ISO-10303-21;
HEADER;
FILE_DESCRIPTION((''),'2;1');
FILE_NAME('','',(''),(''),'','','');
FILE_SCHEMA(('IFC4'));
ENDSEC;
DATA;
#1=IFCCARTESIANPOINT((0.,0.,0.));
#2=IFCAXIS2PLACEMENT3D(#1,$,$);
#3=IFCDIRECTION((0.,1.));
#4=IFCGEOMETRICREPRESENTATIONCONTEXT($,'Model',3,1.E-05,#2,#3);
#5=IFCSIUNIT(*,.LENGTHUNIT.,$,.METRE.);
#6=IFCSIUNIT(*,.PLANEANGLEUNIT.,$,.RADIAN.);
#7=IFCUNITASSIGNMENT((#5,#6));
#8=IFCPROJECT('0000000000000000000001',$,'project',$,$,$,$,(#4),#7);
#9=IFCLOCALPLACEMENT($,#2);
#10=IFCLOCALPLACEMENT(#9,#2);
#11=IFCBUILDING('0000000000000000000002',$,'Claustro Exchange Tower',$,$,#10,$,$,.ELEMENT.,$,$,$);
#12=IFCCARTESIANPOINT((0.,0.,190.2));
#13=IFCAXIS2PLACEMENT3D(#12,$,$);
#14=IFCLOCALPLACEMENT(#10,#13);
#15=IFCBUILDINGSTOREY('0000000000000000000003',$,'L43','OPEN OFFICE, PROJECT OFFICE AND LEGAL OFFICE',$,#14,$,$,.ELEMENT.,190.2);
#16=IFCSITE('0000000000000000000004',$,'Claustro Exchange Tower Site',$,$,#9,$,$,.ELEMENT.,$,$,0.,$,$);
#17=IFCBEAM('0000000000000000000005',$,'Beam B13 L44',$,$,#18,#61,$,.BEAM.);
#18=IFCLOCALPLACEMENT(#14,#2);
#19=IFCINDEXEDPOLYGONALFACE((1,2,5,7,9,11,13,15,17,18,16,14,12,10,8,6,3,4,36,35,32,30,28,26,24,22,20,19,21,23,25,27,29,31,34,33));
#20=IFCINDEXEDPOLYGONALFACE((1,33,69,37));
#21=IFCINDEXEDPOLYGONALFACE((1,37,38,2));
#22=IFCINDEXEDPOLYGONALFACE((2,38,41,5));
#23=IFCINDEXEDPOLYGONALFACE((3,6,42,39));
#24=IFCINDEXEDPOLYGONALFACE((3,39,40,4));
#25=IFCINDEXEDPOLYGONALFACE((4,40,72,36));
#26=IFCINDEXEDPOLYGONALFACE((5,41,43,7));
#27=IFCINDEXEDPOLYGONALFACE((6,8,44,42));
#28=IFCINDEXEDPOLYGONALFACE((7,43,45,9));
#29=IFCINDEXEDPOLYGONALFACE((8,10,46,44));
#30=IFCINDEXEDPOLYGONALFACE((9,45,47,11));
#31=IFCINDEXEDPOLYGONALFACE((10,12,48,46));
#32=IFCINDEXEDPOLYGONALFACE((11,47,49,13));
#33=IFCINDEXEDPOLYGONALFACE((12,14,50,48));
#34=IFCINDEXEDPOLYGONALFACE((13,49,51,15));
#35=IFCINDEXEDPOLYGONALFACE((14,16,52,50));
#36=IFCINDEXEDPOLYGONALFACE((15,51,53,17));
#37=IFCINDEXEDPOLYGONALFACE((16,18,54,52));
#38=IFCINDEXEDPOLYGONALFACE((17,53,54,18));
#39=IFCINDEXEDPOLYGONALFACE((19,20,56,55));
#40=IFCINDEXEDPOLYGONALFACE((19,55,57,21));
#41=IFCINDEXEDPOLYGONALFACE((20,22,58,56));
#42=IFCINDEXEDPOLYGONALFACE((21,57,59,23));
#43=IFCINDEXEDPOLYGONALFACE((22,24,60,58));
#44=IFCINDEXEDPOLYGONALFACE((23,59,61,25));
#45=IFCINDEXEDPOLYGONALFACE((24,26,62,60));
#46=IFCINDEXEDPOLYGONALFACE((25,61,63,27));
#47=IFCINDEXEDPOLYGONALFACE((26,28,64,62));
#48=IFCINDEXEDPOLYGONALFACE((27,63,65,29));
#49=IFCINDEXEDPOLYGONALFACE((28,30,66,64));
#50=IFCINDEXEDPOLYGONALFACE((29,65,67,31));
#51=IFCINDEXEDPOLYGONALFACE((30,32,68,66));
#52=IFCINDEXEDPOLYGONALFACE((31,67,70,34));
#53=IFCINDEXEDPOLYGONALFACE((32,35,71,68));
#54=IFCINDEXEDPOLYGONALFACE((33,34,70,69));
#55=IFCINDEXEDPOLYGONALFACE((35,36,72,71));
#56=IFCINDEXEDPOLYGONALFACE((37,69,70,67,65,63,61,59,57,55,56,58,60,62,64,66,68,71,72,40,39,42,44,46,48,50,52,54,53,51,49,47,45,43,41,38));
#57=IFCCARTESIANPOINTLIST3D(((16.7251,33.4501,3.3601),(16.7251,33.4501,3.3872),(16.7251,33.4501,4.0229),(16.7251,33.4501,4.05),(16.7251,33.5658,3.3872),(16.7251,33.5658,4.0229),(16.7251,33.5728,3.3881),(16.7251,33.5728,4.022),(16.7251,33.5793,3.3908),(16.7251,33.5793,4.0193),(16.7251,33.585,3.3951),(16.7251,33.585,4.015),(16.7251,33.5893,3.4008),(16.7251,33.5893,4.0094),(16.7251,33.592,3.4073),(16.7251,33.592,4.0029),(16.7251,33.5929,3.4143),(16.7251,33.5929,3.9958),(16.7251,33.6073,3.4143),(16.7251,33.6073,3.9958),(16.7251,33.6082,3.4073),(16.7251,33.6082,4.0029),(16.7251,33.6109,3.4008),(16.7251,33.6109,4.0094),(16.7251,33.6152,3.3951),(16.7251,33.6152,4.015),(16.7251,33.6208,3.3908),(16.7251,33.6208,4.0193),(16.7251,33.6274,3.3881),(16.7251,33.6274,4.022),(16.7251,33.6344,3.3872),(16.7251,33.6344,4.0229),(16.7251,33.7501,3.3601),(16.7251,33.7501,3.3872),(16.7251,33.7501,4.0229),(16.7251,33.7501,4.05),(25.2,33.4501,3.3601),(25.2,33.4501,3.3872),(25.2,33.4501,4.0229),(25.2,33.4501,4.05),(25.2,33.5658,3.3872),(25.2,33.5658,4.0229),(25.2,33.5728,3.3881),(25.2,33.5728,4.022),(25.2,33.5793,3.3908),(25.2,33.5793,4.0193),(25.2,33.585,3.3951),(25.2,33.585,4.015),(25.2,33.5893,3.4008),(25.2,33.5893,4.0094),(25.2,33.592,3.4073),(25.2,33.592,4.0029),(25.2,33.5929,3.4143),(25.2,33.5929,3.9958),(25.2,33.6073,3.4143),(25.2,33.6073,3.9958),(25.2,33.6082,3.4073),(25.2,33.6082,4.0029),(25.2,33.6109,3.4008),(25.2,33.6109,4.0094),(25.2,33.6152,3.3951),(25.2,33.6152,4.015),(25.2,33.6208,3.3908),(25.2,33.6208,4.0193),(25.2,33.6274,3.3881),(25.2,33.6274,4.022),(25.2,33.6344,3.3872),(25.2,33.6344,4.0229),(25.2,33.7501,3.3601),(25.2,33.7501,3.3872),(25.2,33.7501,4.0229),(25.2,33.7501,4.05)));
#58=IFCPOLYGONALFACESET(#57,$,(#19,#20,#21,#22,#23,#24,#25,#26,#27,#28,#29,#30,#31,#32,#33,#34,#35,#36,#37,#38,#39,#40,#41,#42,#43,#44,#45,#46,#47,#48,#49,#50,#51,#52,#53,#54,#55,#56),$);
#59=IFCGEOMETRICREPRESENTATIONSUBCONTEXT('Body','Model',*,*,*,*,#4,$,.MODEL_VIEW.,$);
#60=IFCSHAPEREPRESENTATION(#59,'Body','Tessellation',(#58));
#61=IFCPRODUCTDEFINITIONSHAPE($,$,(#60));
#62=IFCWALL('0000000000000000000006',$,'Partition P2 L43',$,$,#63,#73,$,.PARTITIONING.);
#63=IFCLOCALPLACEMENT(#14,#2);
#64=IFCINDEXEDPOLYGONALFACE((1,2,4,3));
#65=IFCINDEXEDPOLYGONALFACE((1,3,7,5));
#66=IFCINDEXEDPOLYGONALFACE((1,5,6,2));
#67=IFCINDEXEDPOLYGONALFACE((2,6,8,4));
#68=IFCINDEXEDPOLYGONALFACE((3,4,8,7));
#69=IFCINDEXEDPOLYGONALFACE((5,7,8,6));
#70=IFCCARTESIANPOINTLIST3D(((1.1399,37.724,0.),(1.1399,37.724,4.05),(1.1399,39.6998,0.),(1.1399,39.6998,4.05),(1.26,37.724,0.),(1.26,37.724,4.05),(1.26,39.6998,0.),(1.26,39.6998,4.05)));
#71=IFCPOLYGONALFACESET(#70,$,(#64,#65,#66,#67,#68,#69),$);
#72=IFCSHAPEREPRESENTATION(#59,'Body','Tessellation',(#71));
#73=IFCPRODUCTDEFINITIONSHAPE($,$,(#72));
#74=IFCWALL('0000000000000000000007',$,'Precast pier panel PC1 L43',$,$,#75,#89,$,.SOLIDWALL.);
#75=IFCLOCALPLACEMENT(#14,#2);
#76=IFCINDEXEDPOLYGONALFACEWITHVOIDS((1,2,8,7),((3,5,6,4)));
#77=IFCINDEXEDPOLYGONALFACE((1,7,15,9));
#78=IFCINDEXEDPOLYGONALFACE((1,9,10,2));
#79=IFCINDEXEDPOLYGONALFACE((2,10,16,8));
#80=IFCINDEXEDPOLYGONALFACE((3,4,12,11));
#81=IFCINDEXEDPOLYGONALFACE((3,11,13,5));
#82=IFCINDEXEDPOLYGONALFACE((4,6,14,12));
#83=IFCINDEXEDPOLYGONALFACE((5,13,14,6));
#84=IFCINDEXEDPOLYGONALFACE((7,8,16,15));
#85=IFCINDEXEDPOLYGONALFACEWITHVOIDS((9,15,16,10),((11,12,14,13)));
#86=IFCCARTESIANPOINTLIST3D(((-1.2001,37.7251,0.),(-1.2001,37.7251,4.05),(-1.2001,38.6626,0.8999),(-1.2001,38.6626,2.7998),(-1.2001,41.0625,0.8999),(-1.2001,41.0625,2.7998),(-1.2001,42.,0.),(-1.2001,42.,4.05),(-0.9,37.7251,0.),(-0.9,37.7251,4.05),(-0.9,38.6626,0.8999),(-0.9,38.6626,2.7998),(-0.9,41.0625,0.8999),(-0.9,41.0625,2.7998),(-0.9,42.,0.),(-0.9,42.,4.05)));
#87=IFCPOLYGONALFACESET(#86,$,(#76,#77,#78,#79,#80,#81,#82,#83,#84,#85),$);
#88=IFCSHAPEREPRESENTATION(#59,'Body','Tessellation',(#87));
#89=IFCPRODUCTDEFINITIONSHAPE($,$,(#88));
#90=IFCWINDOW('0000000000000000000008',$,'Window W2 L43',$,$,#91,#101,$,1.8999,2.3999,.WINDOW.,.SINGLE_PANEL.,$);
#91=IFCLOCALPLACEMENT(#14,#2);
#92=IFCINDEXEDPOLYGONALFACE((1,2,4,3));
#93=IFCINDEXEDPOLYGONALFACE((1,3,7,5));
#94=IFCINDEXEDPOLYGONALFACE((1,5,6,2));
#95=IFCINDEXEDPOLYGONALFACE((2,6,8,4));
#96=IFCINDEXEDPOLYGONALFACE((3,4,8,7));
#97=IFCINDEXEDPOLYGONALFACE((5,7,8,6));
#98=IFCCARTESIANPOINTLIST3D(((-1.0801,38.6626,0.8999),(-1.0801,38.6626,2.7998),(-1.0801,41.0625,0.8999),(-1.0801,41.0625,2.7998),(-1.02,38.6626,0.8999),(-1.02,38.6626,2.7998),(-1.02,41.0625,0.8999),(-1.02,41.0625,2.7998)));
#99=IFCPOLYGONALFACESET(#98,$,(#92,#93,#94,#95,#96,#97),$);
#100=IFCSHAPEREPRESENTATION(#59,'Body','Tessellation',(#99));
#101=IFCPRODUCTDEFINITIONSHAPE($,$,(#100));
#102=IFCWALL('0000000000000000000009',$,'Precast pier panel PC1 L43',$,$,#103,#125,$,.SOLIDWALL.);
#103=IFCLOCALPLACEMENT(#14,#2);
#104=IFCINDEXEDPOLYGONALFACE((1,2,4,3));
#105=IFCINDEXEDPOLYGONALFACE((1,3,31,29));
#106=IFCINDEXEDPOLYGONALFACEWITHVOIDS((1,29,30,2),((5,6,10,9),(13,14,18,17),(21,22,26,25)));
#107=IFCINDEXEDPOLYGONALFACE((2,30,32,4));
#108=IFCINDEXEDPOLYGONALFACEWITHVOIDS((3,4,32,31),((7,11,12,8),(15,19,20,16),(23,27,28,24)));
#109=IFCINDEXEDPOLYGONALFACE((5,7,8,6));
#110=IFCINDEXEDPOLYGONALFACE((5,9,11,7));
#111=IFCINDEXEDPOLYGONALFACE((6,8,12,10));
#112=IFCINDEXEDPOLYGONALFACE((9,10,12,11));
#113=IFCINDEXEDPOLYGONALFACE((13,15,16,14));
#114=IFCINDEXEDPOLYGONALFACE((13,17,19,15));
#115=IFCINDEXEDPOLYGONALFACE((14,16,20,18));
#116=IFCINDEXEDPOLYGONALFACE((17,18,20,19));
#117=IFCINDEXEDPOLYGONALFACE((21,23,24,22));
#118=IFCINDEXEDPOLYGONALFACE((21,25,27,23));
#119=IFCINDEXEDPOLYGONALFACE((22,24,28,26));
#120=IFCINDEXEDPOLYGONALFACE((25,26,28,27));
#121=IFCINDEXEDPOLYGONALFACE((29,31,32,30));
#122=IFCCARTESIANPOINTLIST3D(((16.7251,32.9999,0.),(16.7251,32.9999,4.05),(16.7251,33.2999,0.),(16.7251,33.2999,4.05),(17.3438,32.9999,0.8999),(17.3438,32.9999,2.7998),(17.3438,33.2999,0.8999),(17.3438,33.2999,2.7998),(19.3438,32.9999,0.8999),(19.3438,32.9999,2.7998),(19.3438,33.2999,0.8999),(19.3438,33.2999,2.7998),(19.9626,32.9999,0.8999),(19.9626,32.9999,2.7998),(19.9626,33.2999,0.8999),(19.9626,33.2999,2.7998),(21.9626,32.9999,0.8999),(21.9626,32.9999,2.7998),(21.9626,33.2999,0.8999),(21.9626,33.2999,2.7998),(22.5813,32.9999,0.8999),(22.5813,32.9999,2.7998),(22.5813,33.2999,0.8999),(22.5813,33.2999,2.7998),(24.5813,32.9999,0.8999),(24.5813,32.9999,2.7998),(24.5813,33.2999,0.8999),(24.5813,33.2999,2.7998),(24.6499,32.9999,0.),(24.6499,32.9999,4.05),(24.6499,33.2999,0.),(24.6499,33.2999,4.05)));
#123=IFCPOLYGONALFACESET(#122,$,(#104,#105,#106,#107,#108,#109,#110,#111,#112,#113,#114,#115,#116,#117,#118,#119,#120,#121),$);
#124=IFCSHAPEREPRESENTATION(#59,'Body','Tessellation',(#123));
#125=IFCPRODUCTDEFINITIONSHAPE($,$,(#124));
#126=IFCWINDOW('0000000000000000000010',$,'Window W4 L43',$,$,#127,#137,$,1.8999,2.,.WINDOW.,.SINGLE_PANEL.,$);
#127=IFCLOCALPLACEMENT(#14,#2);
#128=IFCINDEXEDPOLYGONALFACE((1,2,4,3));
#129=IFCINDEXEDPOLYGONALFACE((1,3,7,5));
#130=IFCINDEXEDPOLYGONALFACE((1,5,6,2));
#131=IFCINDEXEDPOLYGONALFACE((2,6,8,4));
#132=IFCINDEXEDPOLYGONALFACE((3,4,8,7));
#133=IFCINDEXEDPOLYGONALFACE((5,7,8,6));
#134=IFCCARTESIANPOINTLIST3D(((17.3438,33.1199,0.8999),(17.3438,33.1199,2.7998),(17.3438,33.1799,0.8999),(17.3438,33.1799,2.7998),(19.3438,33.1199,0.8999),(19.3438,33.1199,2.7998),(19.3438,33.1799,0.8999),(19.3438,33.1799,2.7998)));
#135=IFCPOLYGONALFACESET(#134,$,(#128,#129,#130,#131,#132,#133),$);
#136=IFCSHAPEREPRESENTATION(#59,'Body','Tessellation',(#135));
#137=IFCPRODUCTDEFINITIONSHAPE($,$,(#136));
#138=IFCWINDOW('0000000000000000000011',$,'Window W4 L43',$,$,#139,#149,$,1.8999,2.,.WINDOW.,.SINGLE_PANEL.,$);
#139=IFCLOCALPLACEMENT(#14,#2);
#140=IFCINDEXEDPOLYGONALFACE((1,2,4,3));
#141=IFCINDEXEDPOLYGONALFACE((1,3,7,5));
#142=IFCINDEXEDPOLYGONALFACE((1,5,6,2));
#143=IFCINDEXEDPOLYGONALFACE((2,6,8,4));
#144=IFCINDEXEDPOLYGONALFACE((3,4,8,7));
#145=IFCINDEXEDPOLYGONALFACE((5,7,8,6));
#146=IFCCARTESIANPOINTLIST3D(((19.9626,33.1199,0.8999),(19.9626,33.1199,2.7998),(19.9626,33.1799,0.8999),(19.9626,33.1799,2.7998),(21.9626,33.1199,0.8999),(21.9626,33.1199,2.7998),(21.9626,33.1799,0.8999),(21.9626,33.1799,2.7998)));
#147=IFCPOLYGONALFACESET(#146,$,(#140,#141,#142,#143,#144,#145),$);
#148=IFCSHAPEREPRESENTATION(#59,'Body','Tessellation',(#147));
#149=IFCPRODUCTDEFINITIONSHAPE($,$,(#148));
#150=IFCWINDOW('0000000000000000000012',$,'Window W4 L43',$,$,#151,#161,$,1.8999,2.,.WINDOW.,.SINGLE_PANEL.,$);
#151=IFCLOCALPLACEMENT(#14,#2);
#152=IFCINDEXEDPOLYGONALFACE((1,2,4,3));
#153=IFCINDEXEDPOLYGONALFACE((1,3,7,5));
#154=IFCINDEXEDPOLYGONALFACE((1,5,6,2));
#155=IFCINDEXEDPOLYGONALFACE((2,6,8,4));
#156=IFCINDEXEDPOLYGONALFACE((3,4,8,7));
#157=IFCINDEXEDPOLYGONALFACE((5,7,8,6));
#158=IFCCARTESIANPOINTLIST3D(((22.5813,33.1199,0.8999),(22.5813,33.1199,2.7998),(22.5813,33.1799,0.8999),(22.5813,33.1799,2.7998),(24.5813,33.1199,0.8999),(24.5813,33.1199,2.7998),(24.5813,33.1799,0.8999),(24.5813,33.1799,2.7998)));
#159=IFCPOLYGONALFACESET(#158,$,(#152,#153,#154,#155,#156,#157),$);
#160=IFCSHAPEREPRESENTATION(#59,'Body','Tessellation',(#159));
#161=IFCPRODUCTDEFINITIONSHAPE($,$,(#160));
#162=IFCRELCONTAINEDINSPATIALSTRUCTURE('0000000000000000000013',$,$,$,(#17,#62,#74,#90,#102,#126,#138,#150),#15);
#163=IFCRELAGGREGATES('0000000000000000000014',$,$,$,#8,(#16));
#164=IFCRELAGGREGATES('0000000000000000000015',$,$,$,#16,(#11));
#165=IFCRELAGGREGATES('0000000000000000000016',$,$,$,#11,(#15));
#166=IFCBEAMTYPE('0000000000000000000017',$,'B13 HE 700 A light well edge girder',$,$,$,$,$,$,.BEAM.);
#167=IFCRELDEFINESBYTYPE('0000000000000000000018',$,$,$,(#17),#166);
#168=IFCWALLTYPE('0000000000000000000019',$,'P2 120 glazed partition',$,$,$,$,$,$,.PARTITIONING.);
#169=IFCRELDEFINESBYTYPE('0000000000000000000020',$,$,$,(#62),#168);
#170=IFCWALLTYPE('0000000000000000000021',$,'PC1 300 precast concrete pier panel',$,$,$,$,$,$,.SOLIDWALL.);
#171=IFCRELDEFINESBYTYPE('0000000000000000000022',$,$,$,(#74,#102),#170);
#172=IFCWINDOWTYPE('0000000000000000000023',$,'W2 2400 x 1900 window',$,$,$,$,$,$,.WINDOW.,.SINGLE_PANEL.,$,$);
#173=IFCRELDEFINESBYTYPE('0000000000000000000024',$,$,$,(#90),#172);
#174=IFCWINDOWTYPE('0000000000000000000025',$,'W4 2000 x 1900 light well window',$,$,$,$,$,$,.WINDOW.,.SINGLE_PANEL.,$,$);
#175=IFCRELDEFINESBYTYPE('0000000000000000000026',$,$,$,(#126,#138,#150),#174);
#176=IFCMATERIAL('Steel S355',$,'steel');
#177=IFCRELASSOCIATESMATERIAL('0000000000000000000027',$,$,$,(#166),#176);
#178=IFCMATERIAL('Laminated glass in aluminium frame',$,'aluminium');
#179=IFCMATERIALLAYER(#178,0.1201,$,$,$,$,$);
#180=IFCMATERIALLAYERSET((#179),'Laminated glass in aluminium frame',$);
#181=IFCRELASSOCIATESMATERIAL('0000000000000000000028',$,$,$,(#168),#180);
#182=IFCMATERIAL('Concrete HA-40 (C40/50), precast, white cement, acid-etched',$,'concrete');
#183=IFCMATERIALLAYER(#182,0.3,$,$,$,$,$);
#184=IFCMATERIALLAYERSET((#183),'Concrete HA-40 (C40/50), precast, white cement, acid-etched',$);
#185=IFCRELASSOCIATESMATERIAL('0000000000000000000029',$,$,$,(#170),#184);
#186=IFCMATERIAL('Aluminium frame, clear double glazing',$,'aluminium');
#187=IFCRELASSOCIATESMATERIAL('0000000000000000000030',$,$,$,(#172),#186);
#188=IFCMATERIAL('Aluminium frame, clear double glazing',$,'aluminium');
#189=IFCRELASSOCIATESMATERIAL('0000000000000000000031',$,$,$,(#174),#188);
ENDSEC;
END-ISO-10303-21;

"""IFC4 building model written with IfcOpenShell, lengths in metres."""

from ifc_helpers import new_model, si_unit, direction, frame, frame_2d, origin, origin_2d, place, context, subcontext, project, spatial, rectangle, i_section, extrude, material, layer, layer_set, material_profile, profile_set, type_object, element, fill, save


model = new_model("IFC4")

# Units and contexts
model_context = context("Model", 3, precision=1e-05, world=origin(), true_north=direction((0.0, 1.0)))
body_context = subcontext(model_context, "Body", "Model", "MODEL_VIEW")
ifc_project = project(units=[si_unit("LENGTHUNIT", "METRE"), si_unit("PLANEANGLEUNIT", "RADIAN")], contexts=[model_context])

# Site, building, storey
site_placement = place(None, origin())
site = spatial("IfcSite", under=ifc_project, at=site_placement, Name="Claustro Exchange Tower Site", CompositionType="ELEMENT", RefElevation=0.0)
building_placement = place(site_placement, origin())
building = spatial("IfcBuilding", under=site, at=building_placement, Name="Claustro Exchange Tower", CompositionType="ELEMENT")
storey_placement = place(building_placement, frame((0.0, 0.0, 190.2)))
storey = spatial("IfcBuildingStorey", under=building, at=storey_placement, Name="L43", Description="OPEN OFFICE, PROJECT OFFICE AND LEGAL OFFICE", CompositionType="ELEMENT", Elevation=190.2)

# Beam
ifc_material_1 = material(Name="Steel S355", Category="steel")
ifc_material_profile = material_profile(ifc_material_1, i_section(OverallWidth=0.3, OverallDepth=0.6899, WebThickness=0.0144, FlangeThickness=0.0271, FilletRadius=0.0271, at=origin_2d()), Name="HE 700 A")
ifc_profile_set = profile_set([ifc_material_profile], Name="Steel S355")
beam_type = type_object("IfcBeamType", Name="B13 HE 700 A light well edge girder", PredefinedType="BEAM", material=ifc_profile_set)
beam_placement = place(storey_placement, frame((16.7251, 33.6001, 3.7051), z_axis=(1.0, 0.0, 0.0), x_axis=(0.0, 1.0, 0.0)))
element("IfcBeam", 1, at=beam_placement, inside=storey, type_object=beam_type, Name="Beam B13 L44", PredefinedType="BEAM", context=body_context, shape_type="SweptSolid", body=[
    extrude(i_section(OverallWidth=0.3, OverallDepth=0.6899, WebThickness=0.0144, FlangeThickness=0.0271, FilletRadius=0.0271, at=origin_2d()), origin(), (0.0, 0.0, 1.0), 8.4749),
])

# Wall
ifc_material_2 = material(Name="Laminated glass in aluminium frame", Category="aluminium")
ifc_layer_1 = layer(ifc_material_2, 0.1201)
ifc_layer_set_1 = layer_set([ifc_layer_1], Name="Laminated glass in aluminium frame")
wall_type_1 = type_object("IfcWallType", Name="P2 120 glazed partition", PredefinedType="PARTITIONING", material=ifc_layer_set_1)
wall_1_placement = place(storey_placement, frame((1.2, 37.7241, 0.0), z_axis=(0.0, 0.0, 1.0), x_axis=(0.0, 1.0, 0.0)))
element("IfcWall", 2, at=wall_1_placement, inside=storey, type_object=wall_type_1, Name="Partition P2 L43", PredefinedType="PARTITIONING", context=body_context, shape_type="SweptSolid", body=[
    extrude(rectangle(XDim=1.9758, YDim=0.1201, at=frame_2d((0.9878, 0.0))), origin(), (0.0, 0.0, 1.0), 4.05),
])

# Wall, opening, window
ifc_material_3 = material(Name="Concrete HA-40 (C40/50), precast, white cement, acid-etched", Category="concrete")
ifc_layer_2 = layer(ifc_material_3, 0.3)
ifc_layer_set_2 = layer_set([ifc_layer_2], Name="Concrete HA-40 (C40/50), precast, white cement, acid-etched")
wall_type_2 = type_object("IfcWallType", Name="PC1 300 precast concrete pier panel", PredefinedType="SOLIDWALL", material=ifc_layer_set_2)
wall_2_placement = place(storey_placement, frame((-1.05, 37.7251, 0.0), z_axis=(0.0, 0.0, 1.0), x_axis=(0.0, 1.0, 0.0)))
wall_2 = element("IfcWall", 3, at=wall_2_placement, inside=storey, type_object=wall_type_2, Name="Precast pier panel PC1 L43", PredefinedType="SOLIDWALL", context=body_context, shape_type="SweptSolid", body=[
    extrude(rectangle(XDim=4.2749, YDim=0.3, at=frame_2d((2.1375, 0.0))), origin(), (0.0, 0.0, 1.0), 4.05),
])
opening_1_placement = place(wall_2_placement, frame((0.9375, 0.0, 0.8999)))
opening_1 = element("IfcOpeningElement", 4, at=opening_1_placement, cuts=wall_2, PredefinedType="OPENING", context=body_context, shape_type="SweptSolid", body=[
    extrude(rectangle(XDim=2.3999, YDim=1.8999, at=frame_2d((1.2, 0.95))), frame((0.0, 0.1599, 0.0), z_axis=(0.0, -1.0, 0.0), x_axis=(1.0, 0.0, 0.0)), (0.0, 0.0, 1.0), 0.3201),
])
ifc_material_4 = material(Name="Aluminium frame, clear double glazing", Category="aluminium")
window_type_1 = type_object("IfcWindowType", Name="W2 2400 x 1900 window", PartitioningType="SINGLE_PANEL", PredefinedType="WINDOW", material=ifc_material_4)
window_1_placement = place(opening_1_placement, origin())
window_1 = element("IfcWindow", 5, at=window_1_placement, inside=storey, type_object=window_type_1, Name="Window W2 L43", OverallHeight=1.8999, OverallWidth=2.3999, PartitioningType="SINGLE_PANEL", PredefinedType="WINDOW", context=body_context, shape_type="SweptSolid", body=[
    extrude(rectangle(XDim=2.3999, YDim=1.8999, at=frame_2d((1.2, 0.95))), frame((0.0, 0.03, 0.0), z_axis=(0.0, -1.0, 0.0), x_axis=(1.0, 0.0, 0.0)), (0.0, 0.0, 1.0), 0.0601),
])
fill(opening_1, window_1)

# Wall, openings, windows
wall_3_placement = place(storey_placement, frame((16.7251, 33.1499, 0.0), z_axis=(0.0, 0.0, 1.0), x_axis=(1.0, 0.0, 0.0)))
wall_3 = element("IfcWall", 6, at=wall_3_placement, inside=storey, type_object=wall_type_2, Name="Precast pier panel PC1 L43", PredefinedType="SOLIDWALL", context=body_context, shape_type="SweptSolid", body=[
    extrude(rectangle(XDim=7.9248, YDim=0.3, at=frame_2d((3.9624, 0.0))), origin(), (0.0, 0.0, 1.0), 4.05),
])
opening_2_placement = place(wall_3_placement, frame((0.6187, 0.0, 0.8999)))
opening_2 = element("IfcOpeningElement", 7, at=opening_2_placement, cuts=wall_3, PredefinedType="OPENING", context=body_context, shape_type="SweptSolid", body=[
    extrude(rectangle(XDim=2.0, YDim=1.8999, at=frame_2d((1.0, 0.95))), frame((0.0, 0.1599, 0.0), z_axis=(0.0, -1.0, 0.0), x_axis=(1.0, 0.0, 0.0)), (0.0, 0.0, 1.0), 0.3201),
])
opening_3_placement = place(wall_3_placement, frame((3.2375, 0.0, 0.8999)))
opening_3 = element("IfcOpeningElement", 8, at=opening_3_placement, cuts=wall_3, PredefinedType="OPENING", context=body_context, shape_type="SweptSolid", body=[
    extrude(rectangle(XDim=2.0, YDim=1.8999, at=frame_2d((1.0, 0.95))), frame((0.0, 0.1599, 0.0), z_axis=(0.0, -1.0, 0.0), x_axis=(1.0, 0.0, 0.0)), (0.0, 0.0, 1.0), 0.3201),
])
opening_4_placement = place(wall_3_placement, frame((5.8562, 0.0, 0.8999)))
opening_4 = element("IfcOpeningElement", 9, at=opening_4_placement, cuts=wall_3, PredefinedType="OPENING", context=body_context, shape_type="SweptSolid", body=[
    extrude(rectangle(XDim=2.0, YDim=1.8999, at=frame_2d((1.0, 0.95))), frame((0.0, 0.1599, 0.0), z_axis=(0.0, -1.0, 0.0), x_axis=(1.0, 0.0, 0.0)), (0.0, 0.0, 1.0), 0.3201),
])
ifc_material_5 = material(Name="Aluminium frame, clear double glazing", Category="aluminium")
window_type_2 = type_object("IfcWindowType", Name="W4 2000 x 1900 light well window", PartitioningType="SINGLE_PANEL", PredefinedType="WINDOW", material=ifc_material_5)
window_2_placement = place(opening_2_placement, origin())
window_2 = element("IfcWindow", 10, at=window_2_placement, inside=storey, type_object=window_type_2, Name="Window W4 L43", OverallHeight=1.8999, OverallWidth=2.0, PartitioningType="SINGLE_PANEL", PredefinedType="WINDOW", context=body_context, shape_type="SweptSolid", body=[
    extrude(rectangle(XDim=2.0, YDim=1.8999, at=frame_2d((1.0, 0.95))), frame((0.0, 0.03, 0.0), z_axis=(0.0, -1.0, 0.0), x_axis=(1.0, 0.0, 0.0)), (0.0, 0.0, 1.0), 0.0601),
])
fill(opening_2, window_2)
window_3_placement = place(opening_3_placement, origin())
window_3 = element("IfcWindow", 11, at=window_3_placement, inside=storey, type_object=window_type_2, Name="Window W4 L43", OverallHeight=1.8999, OverallWidth=2.0, PartitioningType="SINGLE_PANEL", PredefinedType="WINDOW", context=body_context, shape_type="SweptSolid", body=[
    extrude(rectangle(XDim=2.0, YDim=1.8999, at=frame_2d((1.0, 0.95))), frame((0.0, 0.03, 0.0), z_axis=(0.0, -1.0, 0.0), x_axis=(1.0, 0.0, 0.0)), (0.0, 0.0, 1.0), 0.0601),
])
fill(opening_3, window_3)
window_4_placement = place(opening_4_placement, origin())
window_4 = element("IfcWindow", 12, at=window_4_placement, inside=storey, type_object=window_type_2, Name="Window W4 L43", OverallHeight=1.8999, OverallWidth=2.0, PartitioningType="SINGLE_PANEL", PredefinedType="WINDOW", context=body_context, shape_type="SweptSolid", body=[
    extrude(rectangle(XDim=2.0, YDim=1.8999, at=frame_2d((1.0, 0.95))), frame((0.0, 0.03, 0.0), z_axis=(0.0, -1.0, 0.0), x_axis=(1.0, 0.0, 0.0)), (0.0, 0.0, 1.0), 0.0601),
])
fill(opening_4, window_4)

save(model, "model.ifc")
